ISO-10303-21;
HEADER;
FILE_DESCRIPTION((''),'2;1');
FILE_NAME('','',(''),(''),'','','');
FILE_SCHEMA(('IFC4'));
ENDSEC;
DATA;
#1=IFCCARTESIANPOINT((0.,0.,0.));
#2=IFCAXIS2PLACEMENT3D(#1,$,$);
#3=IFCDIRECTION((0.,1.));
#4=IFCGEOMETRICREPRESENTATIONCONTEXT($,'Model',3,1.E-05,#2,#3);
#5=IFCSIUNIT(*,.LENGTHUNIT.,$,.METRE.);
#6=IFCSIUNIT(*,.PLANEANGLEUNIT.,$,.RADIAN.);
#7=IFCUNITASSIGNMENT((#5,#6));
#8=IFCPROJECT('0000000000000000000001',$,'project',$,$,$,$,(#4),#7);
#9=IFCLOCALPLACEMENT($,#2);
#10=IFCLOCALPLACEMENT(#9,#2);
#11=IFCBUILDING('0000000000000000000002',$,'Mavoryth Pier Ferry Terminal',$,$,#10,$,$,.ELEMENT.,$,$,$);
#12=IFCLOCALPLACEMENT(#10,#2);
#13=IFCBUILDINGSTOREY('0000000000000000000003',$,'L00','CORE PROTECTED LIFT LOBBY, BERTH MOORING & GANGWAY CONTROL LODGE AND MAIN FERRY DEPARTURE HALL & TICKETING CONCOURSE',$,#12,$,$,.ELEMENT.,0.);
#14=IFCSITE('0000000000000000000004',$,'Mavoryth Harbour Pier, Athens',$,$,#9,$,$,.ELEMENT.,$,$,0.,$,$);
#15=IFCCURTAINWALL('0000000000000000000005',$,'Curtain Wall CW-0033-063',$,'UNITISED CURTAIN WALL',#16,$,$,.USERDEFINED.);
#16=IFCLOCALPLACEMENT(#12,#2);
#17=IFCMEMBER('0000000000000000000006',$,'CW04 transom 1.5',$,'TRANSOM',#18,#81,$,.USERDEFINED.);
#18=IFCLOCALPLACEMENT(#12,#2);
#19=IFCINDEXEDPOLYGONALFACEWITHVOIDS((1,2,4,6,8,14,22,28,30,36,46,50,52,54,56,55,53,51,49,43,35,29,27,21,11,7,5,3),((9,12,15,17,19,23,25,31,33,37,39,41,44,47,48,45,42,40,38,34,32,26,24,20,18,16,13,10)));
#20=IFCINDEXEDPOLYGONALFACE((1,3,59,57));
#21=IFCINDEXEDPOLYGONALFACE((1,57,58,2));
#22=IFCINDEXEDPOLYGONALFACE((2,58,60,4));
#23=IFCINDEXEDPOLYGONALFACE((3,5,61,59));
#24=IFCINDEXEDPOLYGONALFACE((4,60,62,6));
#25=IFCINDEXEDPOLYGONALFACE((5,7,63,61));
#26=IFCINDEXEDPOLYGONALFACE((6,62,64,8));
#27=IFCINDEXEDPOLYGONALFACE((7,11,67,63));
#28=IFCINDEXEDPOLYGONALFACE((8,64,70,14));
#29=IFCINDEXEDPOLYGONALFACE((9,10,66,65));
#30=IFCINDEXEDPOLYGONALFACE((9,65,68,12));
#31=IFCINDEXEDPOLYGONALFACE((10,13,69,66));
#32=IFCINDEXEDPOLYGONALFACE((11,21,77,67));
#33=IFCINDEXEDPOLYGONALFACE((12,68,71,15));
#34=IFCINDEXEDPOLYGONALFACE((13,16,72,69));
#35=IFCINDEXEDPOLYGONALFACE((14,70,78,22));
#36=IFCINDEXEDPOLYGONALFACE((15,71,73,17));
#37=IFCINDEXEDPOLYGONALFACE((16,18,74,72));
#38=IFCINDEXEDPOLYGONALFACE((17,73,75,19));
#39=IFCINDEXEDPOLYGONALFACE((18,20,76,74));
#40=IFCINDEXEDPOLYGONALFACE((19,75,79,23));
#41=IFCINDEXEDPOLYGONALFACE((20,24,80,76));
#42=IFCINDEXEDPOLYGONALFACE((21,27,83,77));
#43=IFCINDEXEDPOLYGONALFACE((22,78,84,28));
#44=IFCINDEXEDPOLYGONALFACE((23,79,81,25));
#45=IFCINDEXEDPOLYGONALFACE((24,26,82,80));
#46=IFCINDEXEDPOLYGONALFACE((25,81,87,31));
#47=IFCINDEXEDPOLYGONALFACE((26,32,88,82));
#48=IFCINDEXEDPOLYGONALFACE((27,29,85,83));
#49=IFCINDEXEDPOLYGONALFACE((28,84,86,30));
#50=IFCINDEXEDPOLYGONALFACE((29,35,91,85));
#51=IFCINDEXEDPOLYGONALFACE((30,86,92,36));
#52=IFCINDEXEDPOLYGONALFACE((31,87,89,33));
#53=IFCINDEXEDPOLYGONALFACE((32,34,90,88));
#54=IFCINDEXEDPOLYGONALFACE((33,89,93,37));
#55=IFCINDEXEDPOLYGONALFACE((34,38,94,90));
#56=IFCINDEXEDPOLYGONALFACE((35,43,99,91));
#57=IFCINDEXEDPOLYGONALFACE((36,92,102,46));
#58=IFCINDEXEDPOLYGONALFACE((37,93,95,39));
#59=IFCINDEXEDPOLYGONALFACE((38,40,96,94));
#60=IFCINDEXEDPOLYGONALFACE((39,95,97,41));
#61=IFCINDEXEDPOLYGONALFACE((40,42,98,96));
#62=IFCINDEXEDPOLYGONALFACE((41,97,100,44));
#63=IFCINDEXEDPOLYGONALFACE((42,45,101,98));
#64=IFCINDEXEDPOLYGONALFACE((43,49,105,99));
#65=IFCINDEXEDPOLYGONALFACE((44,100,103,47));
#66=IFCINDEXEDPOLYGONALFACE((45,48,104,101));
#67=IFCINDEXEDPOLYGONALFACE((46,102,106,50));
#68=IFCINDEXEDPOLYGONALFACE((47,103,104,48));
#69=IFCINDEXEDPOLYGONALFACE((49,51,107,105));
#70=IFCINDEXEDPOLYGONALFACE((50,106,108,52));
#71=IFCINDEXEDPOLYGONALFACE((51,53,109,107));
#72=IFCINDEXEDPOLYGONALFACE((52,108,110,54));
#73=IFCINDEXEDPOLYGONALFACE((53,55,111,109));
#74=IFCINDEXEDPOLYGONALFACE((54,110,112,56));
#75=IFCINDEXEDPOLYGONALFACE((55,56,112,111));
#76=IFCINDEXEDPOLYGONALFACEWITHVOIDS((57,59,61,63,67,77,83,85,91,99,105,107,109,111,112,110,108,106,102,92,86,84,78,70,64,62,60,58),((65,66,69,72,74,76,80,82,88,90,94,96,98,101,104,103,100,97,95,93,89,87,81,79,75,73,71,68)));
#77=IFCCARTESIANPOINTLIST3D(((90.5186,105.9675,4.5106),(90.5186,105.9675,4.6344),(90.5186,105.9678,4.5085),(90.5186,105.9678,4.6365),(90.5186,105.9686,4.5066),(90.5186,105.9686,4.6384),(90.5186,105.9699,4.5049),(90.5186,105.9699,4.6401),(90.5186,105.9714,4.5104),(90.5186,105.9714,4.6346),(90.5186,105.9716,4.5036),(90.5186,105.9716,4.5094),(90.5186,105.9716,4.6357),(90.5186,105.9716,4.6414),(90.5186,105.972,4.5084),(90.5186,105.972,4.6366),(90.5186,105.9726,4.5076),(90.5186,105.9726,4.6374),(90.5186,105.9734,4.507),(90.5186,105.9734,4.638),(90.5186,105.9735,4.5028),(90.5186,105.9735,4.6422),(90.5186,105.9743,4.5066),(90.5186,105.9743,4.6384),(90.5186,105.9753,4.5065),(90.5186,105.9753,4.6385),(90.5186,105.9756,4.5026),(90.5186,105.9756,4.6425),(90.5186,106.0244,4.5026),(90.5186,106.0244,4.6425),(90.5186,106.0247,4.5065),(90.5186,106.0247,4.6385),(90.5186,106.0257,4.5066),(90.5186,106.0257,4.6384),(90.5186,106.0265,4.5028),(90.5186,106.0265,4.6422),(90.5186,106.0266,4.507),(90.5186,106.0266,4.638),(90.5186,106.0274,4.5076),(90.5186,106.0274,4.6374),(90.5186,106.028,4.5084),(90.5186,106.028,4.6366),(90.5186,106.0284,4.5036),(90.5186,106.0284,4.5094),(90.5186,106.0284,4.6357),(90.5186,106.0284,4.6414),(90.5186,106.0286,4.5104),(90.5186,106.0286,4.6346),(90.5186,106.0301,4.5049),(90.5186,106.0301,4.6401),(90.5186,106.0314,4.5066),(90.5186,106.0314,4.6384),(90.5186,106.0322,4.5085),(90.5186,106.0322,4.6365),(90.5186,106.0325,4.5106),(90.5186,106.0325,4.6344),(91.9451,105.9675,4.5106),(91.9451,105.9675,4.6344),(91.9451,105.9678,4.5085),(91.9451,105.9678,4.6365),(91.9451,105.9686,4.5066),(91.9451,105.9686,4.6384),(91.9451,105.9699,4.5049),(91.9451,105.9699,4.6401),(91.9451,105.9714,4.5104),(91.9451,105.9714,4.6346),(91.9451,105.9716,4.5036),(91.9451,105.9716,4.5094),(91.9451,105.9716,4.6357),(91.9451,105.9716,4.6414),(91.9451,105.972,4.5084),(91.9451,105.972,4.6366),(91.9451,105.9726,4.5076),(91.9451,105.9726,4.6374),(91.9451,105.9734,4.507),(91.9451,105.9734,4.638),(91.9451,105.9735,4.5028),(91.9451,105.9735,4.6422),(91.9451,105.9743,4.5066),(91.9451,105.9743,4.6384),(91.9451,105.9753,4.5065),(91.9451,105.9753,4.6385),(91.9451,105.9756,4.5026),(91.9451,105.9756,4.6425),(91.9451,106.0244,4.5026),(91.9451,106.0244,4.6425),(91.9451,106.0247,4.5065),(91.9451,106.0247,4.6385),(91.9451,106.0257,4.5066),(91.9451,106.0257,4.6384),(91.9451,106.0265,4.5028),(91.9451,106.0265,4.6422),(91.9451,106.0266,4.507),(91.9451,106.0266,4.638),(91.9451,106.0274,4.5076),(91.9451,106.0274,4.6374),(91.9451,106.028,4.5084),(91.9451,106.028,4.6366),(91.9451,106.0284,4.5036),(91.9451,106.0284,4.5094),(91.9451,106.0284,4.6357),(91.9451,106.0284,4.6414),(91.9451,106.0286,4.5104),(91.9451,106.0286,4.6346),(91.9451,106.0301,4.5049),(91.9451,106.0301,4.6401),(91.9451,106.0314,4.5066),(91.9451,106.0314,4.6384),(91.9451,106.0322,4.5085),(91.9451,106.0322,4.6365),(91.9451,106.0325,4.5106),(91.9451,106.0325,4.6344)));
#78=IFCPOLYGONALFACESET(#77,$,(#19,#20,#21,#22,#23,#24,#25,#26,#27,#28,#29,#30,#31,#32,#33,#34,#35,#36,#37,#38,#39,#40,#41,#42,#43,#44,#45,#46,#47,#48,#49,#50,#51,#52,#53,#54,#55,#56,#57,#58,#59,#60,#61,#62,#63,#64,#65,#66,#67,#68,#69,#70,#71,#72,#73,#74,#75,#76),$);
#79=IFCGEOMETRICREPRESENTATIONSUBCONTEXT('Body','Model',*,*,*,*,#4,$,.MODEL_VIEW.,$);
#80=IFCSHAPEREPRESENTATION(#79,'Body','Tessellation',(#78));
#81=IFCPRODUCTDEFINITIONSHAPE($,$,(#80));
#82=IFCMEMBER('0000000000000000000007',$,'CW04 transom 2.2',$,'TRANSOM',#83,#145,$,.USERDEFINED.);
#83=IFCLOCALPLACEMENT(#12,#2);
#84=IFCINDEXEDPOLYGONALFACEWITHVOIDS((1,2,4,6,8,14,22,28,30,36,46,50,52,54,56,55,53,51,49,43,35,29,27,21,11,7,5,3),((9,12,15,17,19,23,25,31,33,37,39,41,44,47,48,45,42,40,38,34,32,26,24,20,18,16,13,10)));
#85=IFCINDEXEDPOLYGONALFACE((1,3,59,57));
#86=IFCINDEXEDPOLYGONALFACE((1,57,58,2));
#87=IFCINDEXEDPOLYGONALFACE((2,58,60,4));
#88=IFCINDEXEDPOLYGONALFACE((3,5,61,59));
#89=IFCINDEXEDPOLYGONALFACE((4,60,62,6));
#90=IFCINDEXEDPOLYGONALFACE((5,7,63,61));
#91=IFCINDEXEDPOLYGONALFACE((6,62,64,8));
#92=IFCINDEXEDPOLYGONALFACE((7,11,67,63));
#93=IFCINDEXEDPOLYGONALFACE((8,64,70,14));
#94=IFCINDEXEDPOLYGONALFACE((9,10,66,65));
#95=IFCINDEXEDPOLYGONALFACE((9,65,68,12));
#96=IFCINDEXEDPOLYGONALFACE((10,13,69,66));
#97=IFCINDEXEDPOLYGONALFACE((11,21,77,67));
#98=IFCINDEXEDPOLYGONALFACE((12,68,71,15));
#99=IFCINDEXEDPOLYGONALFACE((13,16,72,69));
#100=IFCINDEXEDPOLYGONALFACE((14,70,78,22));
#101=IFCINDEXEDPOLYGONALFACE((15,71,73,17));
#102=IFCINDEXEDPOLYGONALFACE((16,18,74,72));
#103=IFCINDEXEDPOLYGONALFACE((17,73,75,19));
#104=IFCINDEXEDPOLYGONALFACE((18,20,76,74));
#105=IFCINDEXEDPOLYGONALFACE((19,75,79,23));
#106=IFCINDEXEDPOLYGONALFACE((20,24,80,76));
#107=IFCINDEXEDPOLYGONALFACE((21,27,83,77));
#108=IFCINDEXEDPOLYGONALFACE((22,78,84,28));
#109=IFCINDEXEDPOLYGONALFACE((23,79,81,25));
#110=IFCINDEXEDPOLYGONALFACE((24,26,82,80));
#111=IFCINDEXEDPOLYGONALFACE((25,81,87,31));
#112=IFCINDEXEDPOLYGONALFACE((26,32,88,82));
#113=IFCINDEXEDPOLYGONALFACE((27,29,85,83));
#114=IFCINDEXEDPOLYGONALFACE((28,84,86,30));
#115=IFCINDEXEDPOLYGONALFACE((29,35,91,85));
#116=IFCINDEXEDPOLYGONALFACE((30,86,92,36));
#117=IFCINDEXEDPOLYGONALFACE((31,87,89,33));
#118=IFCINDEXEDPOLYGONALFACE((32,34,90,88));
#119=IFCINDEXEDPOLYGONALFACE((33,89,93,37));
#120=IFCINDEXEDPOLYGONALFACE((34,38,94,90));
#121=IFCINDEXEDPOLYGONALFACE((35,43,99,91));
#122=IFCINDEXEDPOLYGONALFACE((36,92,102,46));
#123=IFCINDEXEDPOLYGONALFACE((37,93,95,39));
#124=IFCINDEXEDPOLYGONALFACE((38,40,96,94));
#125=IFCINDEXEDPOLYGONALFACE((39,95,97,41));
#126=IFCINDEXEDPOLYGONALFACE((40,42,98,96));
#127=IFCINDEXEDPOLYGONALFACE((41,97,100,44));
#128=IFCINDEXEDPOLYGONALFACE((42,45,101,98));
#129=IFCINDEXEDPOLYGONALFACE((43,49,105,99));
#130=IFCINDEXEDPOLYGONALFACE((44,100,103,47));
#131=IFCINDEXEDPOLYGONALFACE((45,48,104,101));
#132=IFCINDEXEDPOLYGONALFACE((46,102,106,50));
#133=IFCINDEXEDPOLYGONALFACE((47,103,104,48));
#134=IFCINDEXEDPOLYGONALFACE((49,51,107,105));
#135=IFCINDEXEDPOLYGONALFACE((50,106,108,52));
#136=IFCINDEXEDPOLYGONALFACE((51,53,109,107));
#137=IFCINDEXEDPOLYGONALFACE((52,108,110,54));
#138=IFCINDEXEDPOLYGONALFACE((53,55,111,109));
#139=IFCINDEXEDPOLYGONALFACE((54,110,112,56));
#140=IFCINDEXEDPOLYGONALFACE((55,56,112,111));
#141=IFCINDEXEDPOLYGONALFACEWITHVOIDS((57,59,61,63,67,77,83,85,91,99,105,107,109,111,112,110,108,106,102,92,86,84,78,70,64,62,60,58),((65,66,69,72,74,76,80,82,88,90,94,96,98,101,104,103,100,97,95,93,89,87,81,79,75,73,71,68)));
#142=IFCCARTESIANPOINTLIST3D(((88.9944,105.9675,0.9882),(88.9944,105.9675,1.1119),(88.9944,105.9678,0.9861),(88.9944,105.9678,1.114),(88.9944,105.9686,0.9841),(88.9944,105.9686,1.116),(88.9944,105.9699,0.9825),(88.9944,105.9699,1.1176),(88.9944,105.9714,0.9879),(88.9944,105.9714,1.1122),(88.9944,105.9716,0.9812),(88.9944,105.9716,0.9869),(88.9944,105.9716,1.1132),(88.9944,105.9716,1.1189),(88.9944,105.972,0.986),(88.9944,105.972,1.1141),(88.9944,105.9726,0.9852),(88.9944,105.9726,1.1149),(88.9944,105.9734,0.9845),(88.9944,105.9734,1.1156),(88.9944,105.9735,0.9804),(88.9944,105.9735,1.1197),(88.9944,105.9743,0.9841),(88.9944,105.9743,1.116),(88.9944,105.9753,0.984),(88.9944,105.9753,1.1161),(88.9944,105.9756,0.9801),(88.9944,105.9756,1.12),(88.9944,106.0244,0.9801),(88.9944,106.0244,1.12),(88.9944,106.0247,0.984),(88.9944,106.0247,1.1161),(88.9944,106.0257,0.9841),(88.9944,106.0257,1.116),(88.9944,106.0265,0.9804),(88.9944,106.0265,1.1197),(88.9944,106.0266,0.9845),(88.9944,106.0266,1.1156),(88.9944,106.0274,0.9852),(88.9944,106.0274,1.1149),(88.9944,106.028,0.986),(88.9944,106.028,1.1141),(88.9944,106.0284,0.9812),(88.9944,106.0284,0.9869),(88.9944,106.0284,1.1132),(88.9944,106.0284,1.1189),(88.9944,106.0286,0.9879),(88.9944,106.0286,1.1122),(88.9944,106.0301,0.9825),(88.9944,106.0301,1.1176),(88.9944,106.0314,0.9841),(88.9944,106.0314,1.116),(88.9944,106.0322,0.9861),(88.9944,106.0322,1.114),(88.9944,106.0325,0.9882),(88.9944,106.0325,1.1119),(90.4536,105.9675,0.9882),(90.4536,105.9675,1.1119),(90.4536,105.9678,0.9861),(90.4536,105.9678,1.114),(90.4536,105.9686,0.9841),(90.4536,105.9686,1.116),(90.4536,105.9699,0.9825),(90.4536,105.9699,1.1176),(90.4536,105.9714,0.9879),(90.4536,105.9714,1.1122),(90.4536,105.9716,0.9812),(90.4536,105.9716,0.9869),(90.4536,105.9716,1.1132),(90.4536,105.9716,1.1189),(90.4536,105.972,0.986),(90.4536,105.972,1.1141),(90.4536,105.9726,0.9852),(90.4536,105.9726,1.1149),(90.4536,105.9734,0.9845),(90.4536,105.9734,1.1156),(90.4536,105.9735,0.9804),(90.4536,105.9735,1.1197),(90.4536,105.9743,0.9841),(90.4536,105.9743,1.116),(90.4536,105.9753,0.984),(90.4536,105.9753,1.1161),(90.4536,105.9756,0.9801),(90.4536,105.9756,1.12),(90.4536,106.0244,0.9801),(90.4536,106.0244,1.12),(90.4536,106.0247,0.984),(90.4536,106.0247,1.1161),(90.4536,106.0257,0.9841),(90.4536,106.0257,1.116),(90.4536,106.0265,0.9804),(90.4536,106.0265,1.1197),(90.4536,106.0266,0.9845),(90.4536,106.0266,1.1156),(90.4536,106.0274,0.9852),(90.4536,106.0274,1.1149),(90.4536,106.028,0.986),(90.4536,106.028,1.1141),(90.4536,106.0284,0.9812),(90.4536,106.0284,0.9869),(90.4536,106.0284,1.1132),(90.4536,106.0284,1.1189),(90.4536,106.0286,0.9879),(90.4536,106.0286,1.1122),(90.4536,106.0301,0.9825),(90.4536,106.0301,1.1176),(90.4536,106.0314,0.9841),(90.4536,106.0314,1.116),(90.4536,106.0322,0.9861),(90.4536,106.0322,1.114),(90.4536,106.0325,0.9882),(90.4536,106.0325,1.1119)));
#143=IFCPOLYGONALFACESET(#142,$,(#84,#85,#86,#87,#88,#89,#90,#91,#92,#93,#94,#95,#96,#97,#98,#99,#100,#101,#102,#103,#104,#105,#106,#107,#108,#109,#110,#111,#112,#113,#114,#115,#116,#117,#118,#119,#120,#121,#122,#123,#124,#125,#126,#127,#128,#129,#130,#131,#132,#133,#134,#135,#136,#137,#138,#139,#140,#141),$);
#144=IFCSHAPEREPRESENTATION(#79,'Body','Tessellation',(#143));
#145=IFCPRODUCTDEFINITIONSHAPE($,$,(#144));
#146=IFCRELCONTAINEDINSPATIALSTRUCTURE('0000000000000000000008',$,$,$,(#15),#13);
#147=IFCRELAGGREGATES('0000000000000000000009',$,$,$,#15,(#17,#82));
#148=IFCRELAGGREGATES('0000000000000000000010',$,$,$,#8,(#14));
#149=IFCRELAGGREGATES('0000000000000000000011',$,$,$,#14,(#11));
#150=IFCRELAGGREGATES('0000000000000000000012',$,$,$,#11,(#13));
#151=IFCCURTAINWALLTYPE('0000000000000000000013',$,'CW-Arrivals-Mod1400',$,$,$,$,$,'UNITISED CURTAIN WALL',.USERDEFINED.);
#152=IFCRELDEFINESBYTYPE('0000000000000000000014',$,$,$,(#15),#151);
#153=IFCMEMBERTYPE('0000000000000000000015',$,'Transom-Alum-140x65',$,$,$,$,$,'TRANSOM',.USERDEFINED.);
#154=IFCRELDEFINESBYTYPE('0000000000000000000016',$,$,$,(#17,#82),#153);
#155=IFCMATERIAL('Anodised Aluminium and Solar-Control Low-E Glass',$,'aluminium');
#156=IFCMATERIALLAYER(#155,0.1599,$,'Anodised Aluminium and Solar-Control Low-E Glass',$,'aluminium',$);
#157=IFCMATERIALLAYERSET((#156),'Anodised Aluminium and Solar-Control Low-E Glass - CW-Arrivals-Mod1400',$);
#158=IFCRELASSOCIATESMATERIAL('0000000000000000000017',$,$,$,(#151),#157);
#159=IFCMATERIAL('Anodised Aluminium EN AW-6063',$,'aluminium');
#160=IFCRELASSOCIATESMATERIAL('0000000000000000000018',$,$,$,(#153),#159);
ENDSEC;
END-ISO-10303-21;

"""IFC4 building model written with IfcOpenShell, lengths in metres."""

from ifc_helpers import new_model, si_unit, direction, frame, origin, origin_2d, place, context, subcontext, project, spatial, hollow_rectangle, extrude, material, layer, layer_set, material_profile, profile_set, type_object, element, aggregate, save


model = new_model("IFC4")

# Units and contexts
model_context = context("Model", 3, precision=1e-05, world=origin(), true_north=direction((0.0, 1.0)))
body_context = subcontext(model_context, "Body", "Model", "MODEL_VIEW")
ifc_project = project(units=[si_unit("LENGTHUNIT", "METRE"), si_unit("PLANEANGLEUNIT", "RADIAN")], contexts=[model_context])

# Site, building, storey
site_placement = place(None, origin())
site = spatial("IfcSite", under=ifc_project, at=site_placement, Name="Mavoryth Harbour Pier, Athens", CompositionType="ELEMENT", RefElevation=0.0)
building_placement = place(site_placement, origin())
building = spatial("IfcBuilding", under=site, at=building_placement, Name="Mavoryth Pier Ferry Terminal", CompositionType="ELEMENT")
storey_placement = place(building_placement, origin())
storey = spatial("IfcBuildingStorey", under=building, at=storey_placement, Name="L00", Description="CORE PROTECTED LIFT LOBBY, BERTH MOORING & GANGWAY CONTROL LODGE AND MAIN FERRY DEPARTURE HALL & TICKETING CONCOURSE", CompositionType="ELEMENT", Elevation=0.0)

# Curtain wall, members
ifc_material_1 = material(Name="Anodised Aluminium and Solar-Control Low-E Glass", Category="aluminium")
ifc_layer_1 = layer(ifc_material_1, 0.1599, Name="Anodised Aluminium and Solar-Control Low-E Glass", Category="aluminium")
ifc_layer_set_1 = layer_set([ifc_layer_1], Name="Anodised Aluminium and Solar-Control Low-E Glass - CW-Arrivals-Mod1400")
curtain_wall_type = type_object("IfcCurtainWallType", Name="CW-Arrivals-Mod1400", ElementType="UNITISED CURTAIN WALL", PredefinedType="USERDEFINED", material=ifc_layer_set_1)
curtain_wall_placement = place(storey_placement, origin())
curtain_wall = element("IfcCurtainWall", 1, at=curtain_wall_placement, inside=storey, type_object=curtain_wall_type, Name="Curtain Wall CW-0033-063", ObjectType="UNITISED CURTAIN WALL", PredefinedType="USERDEFINED")
ifc_material_2 = material(Name="Anodised Aluminium EN AW-6063", Category="aluminium")
ifc_material_profile_1 = material_profile(ifc_material_2, hollow_rectangle(XDim=0.0649, YDim=0.1399, WallThickness=0.0039, InnerFilletRadius=0.0039, OuterFilletRadius=0.0081, at=origin_2d()), Name="AL-TRAN 140x65x4", Category="aluminium")
ifc_profile_set_1 = profile_set([ifc_material_profile_1], Name="Anodised Aluminium EN AW-6063 - AL-TRAN 140x65x4")
member_type_1 = type_object("IfcMemberType", Name="Transom-Alum-140x65", ElementType="TRANSOM", PredefinedType="USERDEFINED", material=ifc_profile_set_1)
member_1_placement = place(storey_placement, frame((91.9451, 106.0, 4.5725), z_axis=(-1.0, 0.0, 0.0), x_axis=(0.0, -1.0, 0.0)))
member_1 = element("IfcMember", 2, at=member_1_placement, type_object=member_type_1, Name="CW04 transom 1.5", ObjectType="TRANSOM", PredefinedType="USERDEFINED", context=body_context, shape_type="SweptSolid", body=[
    extrude(hollow_rectangle(XDim=0.0649, YDim=0.1399, WallThickness=0.0039, InnerFilletRadius=0.0039, OuterFilletRadius=0.0081, at=origin_2d()), origin(), (0.0, 0.0, 1.0), 1.4265),
])
member_2_placement = place(storey_placement, frame((90.4536, 106.0, 1.05), z_axis=(-1.0, 0.0, 0.0), x_axis=(0.0, -1.0, 0.0)))
member_2 = element("IfcMember", 3, at=member_2_placement, type_object=member_type_1, Name="CW04 transom 2.2", ObjectType="TRANSOM", PredefinedType="USERDEFINED", context=body_context, shape_type="SweptSolid", body=[
    extrude(hollow_rectangle(XDim=0.0649, YDim=0.1399, WallThickness=0.0039, InnerFilletRadius=0.0039, OuterFilletRadius=0.0081, at=origin_2d()), origin(), (0.0, 0.0, 1.0), 1.4592),
])
aggregate(curtain_wall, [member_1, member_2])

save(model, "model.ifc")
